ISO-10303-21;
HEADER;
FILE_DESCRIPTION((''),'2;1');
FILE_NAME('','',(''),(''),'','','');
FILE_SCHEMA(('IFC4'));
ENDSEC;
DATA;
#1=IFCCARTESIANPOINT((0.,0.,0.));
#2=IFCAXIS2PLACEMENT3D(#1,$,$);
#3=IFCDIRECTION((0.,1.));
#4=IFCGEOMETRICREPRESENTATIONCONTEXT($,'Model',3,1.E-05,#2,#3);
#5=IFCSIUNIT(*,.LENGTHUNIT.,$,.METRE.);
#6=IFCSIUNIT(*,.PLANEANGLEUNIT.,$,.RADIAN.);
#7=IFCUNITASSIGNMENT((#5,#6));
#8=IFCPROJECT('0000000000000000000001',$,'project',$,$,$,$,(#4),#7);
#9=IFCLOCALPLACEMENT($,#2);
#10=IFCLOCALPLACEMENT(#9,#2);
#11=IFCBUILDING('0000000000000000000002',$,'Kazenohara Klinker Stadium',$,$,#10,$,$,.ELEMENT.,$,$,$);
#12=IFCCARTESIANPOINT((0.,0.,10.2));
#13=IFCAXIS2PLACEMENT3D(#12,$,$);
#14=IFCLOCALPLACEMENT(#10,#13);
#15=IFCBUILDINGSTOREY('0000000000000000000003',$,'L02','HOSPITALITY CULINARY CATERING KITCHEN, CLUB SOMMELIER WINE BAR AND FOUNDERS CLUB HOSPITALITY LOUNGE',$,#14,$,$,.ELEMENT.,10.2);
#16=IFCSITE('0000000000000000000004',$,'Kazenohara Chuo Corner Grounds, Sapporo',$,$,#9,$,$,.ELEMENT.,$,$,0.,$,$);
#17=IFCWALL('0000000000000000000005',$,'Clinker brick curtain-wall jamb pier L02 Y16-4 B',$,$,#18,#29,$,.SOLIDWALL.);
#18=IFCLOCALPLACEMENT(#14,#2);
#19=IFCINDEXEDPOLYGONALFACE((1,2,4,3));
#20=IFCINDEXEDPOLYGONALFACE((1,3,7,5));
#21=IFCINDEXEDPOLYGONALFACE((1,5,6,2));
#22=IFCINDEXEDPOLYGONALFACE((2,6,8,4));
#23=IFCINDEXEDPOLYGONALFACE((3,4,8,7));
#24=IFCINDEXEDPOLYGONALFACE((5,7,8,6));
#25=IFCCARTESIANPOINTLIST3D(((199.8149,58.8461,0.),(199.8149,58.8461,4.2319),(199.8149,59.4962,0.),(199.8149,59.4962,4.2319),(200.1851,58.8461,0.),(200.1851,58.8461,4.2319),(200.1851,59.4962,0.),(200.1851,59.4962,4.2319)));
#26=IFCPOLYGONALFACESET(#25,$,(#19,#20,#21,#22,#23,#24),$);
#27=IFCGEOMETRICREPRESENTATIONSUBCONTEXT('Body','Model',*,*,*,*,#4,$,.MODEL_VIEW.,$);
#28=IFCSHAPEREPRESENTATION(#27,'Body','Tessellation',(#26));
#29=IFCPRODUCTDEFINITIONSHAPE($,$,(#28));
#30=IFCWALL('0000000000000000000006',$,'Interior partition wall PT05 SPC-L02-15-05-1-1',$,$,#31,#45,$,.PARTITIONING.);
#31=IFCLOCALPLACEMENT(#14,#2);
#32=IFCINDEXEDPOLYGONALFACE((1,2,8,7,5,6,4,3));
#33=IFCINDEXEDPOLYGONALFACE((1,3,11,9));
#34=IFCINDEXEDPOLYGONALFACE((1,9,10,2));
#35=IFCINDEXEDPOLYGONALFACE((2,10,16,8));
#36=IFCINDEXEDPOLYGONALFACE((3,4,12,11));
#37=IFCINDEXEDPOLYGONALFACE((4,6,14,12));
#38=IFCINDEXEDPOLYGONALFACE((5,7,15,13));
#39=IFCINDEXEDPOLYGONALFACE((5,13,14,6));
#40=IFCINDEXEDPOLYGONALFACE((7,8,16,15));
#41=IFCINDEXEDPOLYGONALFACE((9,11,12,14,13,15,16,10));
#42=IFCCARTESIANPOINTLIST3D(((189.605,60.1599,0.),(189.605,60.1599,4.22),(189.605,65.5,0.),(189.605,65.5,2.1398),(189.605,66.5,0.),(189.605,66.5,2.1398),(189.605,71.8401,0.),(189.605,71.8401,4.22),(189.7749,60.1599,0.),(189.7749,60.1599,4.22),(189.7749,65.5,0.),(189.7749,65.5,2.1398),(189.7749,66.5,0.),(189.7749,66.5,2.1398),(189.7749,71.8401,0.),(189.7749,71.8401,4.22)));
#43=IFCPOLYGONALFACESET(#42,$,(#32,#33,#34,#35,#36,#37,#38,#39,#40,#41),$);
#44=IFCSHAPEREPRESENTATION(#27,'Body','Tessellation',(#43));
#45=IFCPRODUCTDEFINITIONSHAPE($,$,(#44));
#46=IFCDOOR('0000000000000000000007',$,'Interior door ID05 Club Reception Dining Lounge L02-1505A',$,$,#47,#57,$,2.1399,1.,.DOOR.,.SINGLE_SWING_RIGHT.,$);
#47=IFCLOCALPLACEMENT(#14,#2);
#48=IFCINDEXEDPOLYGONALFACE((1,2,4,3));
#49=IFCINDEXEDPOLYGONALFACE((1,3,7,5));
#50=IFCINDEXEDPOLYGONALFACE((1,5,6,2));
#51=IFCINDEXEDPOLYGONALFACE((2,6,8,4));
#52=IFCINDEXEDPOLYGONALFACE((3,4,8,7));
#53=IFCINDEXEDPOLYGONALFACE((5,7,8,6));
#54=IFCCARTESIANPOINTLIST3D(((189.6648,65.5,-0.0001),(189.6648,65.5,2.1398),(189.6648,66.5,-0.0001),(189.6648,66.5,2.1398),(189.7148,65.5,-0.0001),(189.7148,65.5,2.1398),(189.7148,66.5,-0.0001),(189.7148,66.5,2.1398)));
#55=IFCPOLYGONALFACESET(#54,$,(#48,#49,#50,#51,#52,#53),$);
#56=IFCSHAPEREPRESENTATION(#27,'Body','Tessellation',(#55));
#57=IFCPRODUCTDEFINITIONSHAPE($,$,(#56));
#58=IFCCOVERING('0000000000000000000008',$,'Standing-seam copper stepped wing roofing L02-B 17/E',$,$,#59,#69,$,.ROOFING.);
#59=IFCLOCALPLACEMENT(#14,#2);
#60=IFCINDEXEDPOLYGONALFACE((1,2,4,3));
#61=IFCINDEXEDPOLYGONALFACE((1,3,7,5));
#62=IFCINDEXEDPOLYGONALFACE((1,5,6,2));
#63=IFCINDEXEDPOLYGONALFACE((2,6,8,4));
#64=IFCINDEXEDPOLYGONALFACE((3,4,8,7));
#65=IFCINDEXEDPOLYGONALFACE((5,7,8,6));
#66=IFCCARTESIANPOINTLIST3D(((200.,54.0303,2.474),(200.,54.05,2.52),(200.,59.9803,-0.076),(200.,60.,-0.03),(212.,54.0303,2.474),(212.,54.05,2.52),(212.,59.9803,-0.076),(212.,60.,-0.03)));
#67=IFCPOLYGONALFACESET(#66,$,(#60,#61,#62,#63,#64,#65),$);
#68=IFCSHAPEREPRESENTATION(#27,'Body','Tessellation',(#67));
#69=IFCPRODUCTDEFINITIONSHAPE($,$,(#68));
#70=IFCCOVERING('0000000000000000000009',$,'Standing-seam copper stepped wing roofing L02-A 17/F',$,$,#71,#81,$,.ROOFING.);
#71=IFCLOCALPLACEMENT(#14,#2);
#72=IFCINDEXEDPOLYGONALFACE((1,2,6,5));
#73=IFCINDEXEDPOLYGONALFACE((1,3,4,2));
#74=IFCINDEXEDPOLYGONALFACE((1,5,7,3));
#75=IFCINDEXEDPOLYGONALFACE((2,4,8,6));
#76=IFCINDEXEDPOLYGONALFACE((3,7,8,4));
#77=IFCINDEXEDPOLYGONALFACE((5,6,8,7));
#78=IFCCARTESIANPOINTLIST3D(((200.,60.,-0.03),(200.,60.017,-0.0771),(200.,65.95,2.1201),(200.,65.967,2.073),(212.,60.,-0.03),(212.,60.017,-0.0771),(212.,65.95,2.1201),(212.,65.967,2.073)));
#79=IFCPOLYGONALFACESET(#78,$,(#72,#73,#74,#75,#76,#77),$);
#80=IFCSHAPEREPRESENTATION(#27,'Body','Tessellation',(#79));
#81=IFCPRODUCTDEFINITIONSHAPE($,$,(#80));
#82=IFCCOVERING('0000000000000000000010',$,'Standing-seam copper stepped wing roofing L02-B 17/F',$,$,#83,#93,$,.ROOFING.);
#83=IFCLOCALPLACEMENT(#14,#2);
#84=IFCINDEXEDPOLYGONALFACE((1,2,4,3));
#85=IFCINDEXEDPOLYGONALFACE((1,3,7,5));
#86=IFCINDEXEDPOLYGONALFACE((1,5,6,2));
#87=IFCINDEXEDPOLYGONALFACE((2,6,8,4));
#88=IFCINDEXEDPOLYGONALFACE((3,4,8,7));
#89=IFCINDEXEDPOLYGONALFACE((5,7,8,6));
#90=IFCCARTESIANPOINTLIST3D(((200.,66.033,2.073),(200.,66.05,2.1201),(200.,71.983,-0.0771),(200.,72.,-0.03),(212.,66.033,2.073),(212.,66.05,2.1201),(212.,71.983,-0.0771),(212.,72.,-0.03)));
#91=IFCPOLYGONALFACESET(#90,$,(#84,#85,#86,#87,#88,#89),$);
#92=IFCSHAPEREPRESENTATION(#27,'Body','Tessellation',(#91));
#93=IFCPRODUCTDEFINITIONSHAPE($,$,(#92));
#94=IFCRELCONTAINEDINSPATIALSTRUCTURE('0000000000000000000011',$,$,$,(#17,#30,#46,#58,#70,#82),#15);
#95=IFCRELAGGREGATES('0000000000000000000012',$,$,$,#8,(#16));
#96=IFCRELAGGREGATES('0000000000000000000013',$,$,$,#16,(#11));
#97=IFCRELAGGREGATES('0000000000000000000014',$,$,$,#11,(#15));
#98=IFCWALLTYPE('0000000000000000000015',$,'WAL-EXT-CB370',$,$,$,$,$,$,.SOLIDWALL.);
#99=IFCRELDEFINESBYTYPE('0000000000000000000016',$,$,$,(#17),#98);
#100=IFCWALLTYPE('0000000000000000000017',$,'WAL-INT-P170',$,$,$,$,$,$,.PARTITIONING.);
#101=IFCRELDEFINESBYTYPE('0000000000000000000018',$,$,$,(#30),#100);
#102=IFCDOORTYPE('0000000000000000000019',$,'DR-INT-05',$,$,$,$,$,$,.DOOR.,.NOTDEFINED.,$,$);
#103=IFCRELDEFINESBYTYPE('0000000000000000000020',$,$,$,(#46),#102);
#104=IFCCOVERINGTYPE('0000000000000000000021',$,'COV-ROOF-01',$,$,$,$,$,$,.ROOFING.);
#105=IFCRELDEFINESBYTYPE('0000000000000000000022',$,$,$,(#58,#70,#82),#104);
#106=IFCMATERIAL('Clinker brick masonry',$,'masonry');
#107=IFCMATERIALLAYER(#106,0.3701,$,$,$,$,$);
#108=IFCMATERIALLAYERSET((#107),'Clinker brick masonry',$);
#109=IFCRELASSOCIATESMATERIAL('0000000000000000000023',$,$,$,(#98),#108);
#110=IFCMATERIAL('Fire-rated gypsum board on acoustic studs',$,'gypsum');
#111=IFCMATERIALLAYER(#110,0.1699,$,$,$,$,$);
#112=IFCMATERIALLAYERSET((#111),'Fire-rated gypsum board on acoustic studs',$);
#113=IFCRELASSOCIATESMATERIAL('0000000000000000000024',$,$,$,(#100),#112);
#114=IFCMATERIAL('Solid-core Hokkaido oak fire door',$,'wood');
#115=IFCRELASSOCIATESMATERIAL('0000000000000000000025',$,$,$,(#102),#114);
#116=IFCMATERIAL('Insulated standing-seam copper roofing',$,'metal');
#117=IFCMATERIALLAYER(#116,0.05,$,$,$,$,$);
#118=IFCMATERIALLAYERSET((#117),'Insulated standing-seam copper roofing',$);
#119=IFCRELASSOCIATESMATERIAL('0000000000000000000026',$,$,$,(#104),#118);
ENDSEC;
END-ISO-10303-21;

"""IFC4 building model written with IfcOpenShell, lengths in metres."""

from ifc_helpers import new_model, si_unit, direction, frame, frame_2d, origin, place, context, subcontext, project, spatial, polyline, rectangle, outline, extrude, material, layer, layer_set, type_object, element, fill, save


model = new_model("IFC4")

# Units and contexts
model_context = context("Model", 3, precision=1e-05, world=origin(), true_north=direction((0.0, 1.0)))
body_context = subcontext(model_context, "Body", "Model", "MODEL_VIEW")
ifc_project = project(units=[si_unit("LENGTHUNIT", "METRE"), si_unit("PLANEANGLEUNIT", "RADIAN")], contexts=[model_context])

# Site, building, storey
site_placement = place(None, origin())
site = spatial("IfcSite", under=ifc_project, at=site_placement, Name="Kazenohara Chuo Corner Grounds, Sapporo", CompositionType="ELEMENT", RefElevation=0.0)
building_placement = place(site_placement, origin())
building = spatial("IfcBuilding", under=site, at=building_placement, Name="Kazenohara Klinker Stadium", CompositionType="ELEMENT")
storey_placement = place(building_placement, frame((0.0, 0.0, 10.2)))
storey = spatial("IfcBuildingStorey", under=building, at=storey_placement, Name="L02", Description="HOSPITALITY CULINARY CATERING KITCHEN, CLUB SOMMELIER WINE BAR AND FOUNDERS CLUB HOSPITALITY LOUNGE", CompositionType="ELEMENT", Elevation=10.2)

# Shared definitions
ifc_material_1 = material(Name="Clinker brick masonry", Category="masonry")

# Wall
ifc_layer_1 = layer(ifc_material_1, 0.3701)
ifc_layer_set_1 = layer_set([ifc_layer_1], Name="Clinker brick masonry")
wall_type_1 = type_object("IfcWallType", Name="WAL-EXT-CB370", PredefinedType="SOLIDWALL", material=ifc_layer_set_1)
wall_1_placement = place(storey_placement, frame((200.0, 58.8459, 0.0), z_axis=(0.0, 0.0, 1.0), x_axis=(0.0, 1.0, 0.0)))
element("IfcWall", 1, at=wall_1_placement, inside=storey, type_object=wall_type_1, Name="Clinker brick curtain-wall jamb pier L02 Y16-4 B", PredefinedType="SOLIDWALL", context=body_context, shape_type="SweptSolid", body=[
    extrude(rectangle(XDim=0.6501, YDim=0.3701, at=frame_2d((0.3252, 0.0))), origin(), (0.0, 0.0, 1.0), 4.2319),
])

# Wall, opening, door
ifc_material_2 = material(Name="Fire-rated gypsum board on acoustic studs", Category="gypsum")
ifc_layer_2 = layer(ifc_material_2, 0.1699)
ifc_layer_set_2 = layer_set([ifc_layer_2], Name="Fire-rated gypsum board on acoustic studs")
wall_type_2 = type_object("IfcWallType", Name="WAL-INT-P170", PredefinedType="PARTITIONING", material=ifc_layer_set_2)
wall_2_placement = place(storey_placement, frame((189.6899, 60.1599, 0.0), z_axis=(0.0, 0.0, 1.0), x_axis=(0.0, 1.0, 0.0)))
wall_2 = element("IfcWall", 2, at=wall_2_placement, inside=storey, type_object=wall_type_2, Name="Interior partition wall PT05 SPC-L02-15-05-1-1", PredefinedType="PARTITIONING", context=body_context, shape_type="SweptSolid", body=[
    extrude(rectangle(XDim=11.6802, YDim=0.1699, at=frame_2d((5.8401, 0.0))), origin(), (0.0, 0.0, 1.0), 4.22),
])
opening_1_placement = place(wall_2_placement, frame((6.3401, 0.0, 0.0), z_axis=(0.0, 0.0, 1.0), x_axis=(-1.0, 0.0, 0.0)))
opening_1 = element("IfcOpeningElement", 3, at=opening_1_placement, cuts=wall_2, PredefinedType="OPENING", context=body_context, shape_type="SweptSolid", body=[
    extrude(rectangle(XDim=1.0, YDim=2.1399, at=frame_2d((0.5, 1.0698))), frame((0.0, 0.095, 0.0), z_axis=(0.0, -1.0, 0.0), x_axis=(1.0, 0.0, 0.0)), (0.0, 0.0, 1.0), 0.1899),
])
ifc_material_3 = material(Name="Solid-core Hokkaido oak fire door", Category="wood")
door_type = type_object("IfcDoorType", Name="DR-INT-05", OperationType="NOTDEFINED", PredefinedType="DOOR", material=ifc_material_3)
door_placement = place(opening_1_placement, origin())
door = element("IfcDoor", 4, at=door_placement, inside=storey, type_object=door_type, Name="Interior door ID05 Club Reception Dining Lounge L02-1505A", OperationType="SINGLE_SWING_RIGHT", OverallHeight=2.1399, OverallWidth=1.0, PredefinedType="DOOR", context=body_context, shape_type="SweptSolid", body=[
    extrude(rectangle(XDim=1.0, YDim=2.1399, at=frame_2d((0.5, 1.0698))), frame((0.0, 0.0249, 0.0), z_axis=(0.0, -1.0, 0.0), x_axis=(1.0, 0.0, 0.0)), (0.0, 0.0, 1.0), 0.05),
])
fill(opening_1, door)

# Coverings
ifc_material_4 = material(Name="Insulated standing-seam copper roofing", Category="metal")
ifc_layer_3 = layer(ifc_material_4, 0.05)
ifc_layer_set_3 = layer_set([ifc_layer_3], Name="Insulated standing-seam copper roofing")
covering_type = type_object("IfcCoveringType", Name="COV-ROOF-01", PredefinedType="ROOFING", material=ifc_layer_set_3)
covering_placement = place(storey_placement, frame((200.0, 54.05, 2.52), z_axis=(0.0, 0.393928, 0.919141), x_axis=(1.0, 0.0, 0.0)))
element("IfcCovering", 5, at=covering_placement, inside=storey, type_object=covering_type, Name="Standing-seam copper stepped wing roofing L02-B 17/E", PredefinedType="ROOFING", context=body_context, shape_type="SweptSolid", body=[
    extrude(outline(polyline([(0.0, 0.0), (12.0, 0.0), (12.0, 6.4734), (0.0, 6.4734), (0.0, 0.0)])), origin(), (0.0, 0.0, -1.0), 0.05),
])
for number, where, z_axis, x_axis, name in (
    (6, (200.0, 60.0, -0.03), (0.0, -0.339862, 0.940475), (1.0, 0.0, 0.0), "Standing-seam copper stepped wing roofing L02-A 17/F"),
    (7, (200.0, 66.05, 2.1201), (0.0, 0.339862, 0.940475), (1.0, 0.0, 0.0), "Standing-seam copper stepped wing roofing L02-B 17/F"),
):
    element("IfcCovering", number, at=place(storey_placement, frame(where, z_axis=z_axis, x_axis=x_axis)), inside=storey, type_object=covering_type, Name=name, PredefinedType="ROOFING", context=body_context, shape_type="SweptSolid", body=[
        extrude(outline(polyline([(0.0, 0.0), (12.0, 0.0), (12.0, 6.3265), (0.0, 6.3265), (0.0, 0.0)])), origin(), (0.0, 0.0, -1.0), 0.05),
    ])

save(model, "model.ifc")
